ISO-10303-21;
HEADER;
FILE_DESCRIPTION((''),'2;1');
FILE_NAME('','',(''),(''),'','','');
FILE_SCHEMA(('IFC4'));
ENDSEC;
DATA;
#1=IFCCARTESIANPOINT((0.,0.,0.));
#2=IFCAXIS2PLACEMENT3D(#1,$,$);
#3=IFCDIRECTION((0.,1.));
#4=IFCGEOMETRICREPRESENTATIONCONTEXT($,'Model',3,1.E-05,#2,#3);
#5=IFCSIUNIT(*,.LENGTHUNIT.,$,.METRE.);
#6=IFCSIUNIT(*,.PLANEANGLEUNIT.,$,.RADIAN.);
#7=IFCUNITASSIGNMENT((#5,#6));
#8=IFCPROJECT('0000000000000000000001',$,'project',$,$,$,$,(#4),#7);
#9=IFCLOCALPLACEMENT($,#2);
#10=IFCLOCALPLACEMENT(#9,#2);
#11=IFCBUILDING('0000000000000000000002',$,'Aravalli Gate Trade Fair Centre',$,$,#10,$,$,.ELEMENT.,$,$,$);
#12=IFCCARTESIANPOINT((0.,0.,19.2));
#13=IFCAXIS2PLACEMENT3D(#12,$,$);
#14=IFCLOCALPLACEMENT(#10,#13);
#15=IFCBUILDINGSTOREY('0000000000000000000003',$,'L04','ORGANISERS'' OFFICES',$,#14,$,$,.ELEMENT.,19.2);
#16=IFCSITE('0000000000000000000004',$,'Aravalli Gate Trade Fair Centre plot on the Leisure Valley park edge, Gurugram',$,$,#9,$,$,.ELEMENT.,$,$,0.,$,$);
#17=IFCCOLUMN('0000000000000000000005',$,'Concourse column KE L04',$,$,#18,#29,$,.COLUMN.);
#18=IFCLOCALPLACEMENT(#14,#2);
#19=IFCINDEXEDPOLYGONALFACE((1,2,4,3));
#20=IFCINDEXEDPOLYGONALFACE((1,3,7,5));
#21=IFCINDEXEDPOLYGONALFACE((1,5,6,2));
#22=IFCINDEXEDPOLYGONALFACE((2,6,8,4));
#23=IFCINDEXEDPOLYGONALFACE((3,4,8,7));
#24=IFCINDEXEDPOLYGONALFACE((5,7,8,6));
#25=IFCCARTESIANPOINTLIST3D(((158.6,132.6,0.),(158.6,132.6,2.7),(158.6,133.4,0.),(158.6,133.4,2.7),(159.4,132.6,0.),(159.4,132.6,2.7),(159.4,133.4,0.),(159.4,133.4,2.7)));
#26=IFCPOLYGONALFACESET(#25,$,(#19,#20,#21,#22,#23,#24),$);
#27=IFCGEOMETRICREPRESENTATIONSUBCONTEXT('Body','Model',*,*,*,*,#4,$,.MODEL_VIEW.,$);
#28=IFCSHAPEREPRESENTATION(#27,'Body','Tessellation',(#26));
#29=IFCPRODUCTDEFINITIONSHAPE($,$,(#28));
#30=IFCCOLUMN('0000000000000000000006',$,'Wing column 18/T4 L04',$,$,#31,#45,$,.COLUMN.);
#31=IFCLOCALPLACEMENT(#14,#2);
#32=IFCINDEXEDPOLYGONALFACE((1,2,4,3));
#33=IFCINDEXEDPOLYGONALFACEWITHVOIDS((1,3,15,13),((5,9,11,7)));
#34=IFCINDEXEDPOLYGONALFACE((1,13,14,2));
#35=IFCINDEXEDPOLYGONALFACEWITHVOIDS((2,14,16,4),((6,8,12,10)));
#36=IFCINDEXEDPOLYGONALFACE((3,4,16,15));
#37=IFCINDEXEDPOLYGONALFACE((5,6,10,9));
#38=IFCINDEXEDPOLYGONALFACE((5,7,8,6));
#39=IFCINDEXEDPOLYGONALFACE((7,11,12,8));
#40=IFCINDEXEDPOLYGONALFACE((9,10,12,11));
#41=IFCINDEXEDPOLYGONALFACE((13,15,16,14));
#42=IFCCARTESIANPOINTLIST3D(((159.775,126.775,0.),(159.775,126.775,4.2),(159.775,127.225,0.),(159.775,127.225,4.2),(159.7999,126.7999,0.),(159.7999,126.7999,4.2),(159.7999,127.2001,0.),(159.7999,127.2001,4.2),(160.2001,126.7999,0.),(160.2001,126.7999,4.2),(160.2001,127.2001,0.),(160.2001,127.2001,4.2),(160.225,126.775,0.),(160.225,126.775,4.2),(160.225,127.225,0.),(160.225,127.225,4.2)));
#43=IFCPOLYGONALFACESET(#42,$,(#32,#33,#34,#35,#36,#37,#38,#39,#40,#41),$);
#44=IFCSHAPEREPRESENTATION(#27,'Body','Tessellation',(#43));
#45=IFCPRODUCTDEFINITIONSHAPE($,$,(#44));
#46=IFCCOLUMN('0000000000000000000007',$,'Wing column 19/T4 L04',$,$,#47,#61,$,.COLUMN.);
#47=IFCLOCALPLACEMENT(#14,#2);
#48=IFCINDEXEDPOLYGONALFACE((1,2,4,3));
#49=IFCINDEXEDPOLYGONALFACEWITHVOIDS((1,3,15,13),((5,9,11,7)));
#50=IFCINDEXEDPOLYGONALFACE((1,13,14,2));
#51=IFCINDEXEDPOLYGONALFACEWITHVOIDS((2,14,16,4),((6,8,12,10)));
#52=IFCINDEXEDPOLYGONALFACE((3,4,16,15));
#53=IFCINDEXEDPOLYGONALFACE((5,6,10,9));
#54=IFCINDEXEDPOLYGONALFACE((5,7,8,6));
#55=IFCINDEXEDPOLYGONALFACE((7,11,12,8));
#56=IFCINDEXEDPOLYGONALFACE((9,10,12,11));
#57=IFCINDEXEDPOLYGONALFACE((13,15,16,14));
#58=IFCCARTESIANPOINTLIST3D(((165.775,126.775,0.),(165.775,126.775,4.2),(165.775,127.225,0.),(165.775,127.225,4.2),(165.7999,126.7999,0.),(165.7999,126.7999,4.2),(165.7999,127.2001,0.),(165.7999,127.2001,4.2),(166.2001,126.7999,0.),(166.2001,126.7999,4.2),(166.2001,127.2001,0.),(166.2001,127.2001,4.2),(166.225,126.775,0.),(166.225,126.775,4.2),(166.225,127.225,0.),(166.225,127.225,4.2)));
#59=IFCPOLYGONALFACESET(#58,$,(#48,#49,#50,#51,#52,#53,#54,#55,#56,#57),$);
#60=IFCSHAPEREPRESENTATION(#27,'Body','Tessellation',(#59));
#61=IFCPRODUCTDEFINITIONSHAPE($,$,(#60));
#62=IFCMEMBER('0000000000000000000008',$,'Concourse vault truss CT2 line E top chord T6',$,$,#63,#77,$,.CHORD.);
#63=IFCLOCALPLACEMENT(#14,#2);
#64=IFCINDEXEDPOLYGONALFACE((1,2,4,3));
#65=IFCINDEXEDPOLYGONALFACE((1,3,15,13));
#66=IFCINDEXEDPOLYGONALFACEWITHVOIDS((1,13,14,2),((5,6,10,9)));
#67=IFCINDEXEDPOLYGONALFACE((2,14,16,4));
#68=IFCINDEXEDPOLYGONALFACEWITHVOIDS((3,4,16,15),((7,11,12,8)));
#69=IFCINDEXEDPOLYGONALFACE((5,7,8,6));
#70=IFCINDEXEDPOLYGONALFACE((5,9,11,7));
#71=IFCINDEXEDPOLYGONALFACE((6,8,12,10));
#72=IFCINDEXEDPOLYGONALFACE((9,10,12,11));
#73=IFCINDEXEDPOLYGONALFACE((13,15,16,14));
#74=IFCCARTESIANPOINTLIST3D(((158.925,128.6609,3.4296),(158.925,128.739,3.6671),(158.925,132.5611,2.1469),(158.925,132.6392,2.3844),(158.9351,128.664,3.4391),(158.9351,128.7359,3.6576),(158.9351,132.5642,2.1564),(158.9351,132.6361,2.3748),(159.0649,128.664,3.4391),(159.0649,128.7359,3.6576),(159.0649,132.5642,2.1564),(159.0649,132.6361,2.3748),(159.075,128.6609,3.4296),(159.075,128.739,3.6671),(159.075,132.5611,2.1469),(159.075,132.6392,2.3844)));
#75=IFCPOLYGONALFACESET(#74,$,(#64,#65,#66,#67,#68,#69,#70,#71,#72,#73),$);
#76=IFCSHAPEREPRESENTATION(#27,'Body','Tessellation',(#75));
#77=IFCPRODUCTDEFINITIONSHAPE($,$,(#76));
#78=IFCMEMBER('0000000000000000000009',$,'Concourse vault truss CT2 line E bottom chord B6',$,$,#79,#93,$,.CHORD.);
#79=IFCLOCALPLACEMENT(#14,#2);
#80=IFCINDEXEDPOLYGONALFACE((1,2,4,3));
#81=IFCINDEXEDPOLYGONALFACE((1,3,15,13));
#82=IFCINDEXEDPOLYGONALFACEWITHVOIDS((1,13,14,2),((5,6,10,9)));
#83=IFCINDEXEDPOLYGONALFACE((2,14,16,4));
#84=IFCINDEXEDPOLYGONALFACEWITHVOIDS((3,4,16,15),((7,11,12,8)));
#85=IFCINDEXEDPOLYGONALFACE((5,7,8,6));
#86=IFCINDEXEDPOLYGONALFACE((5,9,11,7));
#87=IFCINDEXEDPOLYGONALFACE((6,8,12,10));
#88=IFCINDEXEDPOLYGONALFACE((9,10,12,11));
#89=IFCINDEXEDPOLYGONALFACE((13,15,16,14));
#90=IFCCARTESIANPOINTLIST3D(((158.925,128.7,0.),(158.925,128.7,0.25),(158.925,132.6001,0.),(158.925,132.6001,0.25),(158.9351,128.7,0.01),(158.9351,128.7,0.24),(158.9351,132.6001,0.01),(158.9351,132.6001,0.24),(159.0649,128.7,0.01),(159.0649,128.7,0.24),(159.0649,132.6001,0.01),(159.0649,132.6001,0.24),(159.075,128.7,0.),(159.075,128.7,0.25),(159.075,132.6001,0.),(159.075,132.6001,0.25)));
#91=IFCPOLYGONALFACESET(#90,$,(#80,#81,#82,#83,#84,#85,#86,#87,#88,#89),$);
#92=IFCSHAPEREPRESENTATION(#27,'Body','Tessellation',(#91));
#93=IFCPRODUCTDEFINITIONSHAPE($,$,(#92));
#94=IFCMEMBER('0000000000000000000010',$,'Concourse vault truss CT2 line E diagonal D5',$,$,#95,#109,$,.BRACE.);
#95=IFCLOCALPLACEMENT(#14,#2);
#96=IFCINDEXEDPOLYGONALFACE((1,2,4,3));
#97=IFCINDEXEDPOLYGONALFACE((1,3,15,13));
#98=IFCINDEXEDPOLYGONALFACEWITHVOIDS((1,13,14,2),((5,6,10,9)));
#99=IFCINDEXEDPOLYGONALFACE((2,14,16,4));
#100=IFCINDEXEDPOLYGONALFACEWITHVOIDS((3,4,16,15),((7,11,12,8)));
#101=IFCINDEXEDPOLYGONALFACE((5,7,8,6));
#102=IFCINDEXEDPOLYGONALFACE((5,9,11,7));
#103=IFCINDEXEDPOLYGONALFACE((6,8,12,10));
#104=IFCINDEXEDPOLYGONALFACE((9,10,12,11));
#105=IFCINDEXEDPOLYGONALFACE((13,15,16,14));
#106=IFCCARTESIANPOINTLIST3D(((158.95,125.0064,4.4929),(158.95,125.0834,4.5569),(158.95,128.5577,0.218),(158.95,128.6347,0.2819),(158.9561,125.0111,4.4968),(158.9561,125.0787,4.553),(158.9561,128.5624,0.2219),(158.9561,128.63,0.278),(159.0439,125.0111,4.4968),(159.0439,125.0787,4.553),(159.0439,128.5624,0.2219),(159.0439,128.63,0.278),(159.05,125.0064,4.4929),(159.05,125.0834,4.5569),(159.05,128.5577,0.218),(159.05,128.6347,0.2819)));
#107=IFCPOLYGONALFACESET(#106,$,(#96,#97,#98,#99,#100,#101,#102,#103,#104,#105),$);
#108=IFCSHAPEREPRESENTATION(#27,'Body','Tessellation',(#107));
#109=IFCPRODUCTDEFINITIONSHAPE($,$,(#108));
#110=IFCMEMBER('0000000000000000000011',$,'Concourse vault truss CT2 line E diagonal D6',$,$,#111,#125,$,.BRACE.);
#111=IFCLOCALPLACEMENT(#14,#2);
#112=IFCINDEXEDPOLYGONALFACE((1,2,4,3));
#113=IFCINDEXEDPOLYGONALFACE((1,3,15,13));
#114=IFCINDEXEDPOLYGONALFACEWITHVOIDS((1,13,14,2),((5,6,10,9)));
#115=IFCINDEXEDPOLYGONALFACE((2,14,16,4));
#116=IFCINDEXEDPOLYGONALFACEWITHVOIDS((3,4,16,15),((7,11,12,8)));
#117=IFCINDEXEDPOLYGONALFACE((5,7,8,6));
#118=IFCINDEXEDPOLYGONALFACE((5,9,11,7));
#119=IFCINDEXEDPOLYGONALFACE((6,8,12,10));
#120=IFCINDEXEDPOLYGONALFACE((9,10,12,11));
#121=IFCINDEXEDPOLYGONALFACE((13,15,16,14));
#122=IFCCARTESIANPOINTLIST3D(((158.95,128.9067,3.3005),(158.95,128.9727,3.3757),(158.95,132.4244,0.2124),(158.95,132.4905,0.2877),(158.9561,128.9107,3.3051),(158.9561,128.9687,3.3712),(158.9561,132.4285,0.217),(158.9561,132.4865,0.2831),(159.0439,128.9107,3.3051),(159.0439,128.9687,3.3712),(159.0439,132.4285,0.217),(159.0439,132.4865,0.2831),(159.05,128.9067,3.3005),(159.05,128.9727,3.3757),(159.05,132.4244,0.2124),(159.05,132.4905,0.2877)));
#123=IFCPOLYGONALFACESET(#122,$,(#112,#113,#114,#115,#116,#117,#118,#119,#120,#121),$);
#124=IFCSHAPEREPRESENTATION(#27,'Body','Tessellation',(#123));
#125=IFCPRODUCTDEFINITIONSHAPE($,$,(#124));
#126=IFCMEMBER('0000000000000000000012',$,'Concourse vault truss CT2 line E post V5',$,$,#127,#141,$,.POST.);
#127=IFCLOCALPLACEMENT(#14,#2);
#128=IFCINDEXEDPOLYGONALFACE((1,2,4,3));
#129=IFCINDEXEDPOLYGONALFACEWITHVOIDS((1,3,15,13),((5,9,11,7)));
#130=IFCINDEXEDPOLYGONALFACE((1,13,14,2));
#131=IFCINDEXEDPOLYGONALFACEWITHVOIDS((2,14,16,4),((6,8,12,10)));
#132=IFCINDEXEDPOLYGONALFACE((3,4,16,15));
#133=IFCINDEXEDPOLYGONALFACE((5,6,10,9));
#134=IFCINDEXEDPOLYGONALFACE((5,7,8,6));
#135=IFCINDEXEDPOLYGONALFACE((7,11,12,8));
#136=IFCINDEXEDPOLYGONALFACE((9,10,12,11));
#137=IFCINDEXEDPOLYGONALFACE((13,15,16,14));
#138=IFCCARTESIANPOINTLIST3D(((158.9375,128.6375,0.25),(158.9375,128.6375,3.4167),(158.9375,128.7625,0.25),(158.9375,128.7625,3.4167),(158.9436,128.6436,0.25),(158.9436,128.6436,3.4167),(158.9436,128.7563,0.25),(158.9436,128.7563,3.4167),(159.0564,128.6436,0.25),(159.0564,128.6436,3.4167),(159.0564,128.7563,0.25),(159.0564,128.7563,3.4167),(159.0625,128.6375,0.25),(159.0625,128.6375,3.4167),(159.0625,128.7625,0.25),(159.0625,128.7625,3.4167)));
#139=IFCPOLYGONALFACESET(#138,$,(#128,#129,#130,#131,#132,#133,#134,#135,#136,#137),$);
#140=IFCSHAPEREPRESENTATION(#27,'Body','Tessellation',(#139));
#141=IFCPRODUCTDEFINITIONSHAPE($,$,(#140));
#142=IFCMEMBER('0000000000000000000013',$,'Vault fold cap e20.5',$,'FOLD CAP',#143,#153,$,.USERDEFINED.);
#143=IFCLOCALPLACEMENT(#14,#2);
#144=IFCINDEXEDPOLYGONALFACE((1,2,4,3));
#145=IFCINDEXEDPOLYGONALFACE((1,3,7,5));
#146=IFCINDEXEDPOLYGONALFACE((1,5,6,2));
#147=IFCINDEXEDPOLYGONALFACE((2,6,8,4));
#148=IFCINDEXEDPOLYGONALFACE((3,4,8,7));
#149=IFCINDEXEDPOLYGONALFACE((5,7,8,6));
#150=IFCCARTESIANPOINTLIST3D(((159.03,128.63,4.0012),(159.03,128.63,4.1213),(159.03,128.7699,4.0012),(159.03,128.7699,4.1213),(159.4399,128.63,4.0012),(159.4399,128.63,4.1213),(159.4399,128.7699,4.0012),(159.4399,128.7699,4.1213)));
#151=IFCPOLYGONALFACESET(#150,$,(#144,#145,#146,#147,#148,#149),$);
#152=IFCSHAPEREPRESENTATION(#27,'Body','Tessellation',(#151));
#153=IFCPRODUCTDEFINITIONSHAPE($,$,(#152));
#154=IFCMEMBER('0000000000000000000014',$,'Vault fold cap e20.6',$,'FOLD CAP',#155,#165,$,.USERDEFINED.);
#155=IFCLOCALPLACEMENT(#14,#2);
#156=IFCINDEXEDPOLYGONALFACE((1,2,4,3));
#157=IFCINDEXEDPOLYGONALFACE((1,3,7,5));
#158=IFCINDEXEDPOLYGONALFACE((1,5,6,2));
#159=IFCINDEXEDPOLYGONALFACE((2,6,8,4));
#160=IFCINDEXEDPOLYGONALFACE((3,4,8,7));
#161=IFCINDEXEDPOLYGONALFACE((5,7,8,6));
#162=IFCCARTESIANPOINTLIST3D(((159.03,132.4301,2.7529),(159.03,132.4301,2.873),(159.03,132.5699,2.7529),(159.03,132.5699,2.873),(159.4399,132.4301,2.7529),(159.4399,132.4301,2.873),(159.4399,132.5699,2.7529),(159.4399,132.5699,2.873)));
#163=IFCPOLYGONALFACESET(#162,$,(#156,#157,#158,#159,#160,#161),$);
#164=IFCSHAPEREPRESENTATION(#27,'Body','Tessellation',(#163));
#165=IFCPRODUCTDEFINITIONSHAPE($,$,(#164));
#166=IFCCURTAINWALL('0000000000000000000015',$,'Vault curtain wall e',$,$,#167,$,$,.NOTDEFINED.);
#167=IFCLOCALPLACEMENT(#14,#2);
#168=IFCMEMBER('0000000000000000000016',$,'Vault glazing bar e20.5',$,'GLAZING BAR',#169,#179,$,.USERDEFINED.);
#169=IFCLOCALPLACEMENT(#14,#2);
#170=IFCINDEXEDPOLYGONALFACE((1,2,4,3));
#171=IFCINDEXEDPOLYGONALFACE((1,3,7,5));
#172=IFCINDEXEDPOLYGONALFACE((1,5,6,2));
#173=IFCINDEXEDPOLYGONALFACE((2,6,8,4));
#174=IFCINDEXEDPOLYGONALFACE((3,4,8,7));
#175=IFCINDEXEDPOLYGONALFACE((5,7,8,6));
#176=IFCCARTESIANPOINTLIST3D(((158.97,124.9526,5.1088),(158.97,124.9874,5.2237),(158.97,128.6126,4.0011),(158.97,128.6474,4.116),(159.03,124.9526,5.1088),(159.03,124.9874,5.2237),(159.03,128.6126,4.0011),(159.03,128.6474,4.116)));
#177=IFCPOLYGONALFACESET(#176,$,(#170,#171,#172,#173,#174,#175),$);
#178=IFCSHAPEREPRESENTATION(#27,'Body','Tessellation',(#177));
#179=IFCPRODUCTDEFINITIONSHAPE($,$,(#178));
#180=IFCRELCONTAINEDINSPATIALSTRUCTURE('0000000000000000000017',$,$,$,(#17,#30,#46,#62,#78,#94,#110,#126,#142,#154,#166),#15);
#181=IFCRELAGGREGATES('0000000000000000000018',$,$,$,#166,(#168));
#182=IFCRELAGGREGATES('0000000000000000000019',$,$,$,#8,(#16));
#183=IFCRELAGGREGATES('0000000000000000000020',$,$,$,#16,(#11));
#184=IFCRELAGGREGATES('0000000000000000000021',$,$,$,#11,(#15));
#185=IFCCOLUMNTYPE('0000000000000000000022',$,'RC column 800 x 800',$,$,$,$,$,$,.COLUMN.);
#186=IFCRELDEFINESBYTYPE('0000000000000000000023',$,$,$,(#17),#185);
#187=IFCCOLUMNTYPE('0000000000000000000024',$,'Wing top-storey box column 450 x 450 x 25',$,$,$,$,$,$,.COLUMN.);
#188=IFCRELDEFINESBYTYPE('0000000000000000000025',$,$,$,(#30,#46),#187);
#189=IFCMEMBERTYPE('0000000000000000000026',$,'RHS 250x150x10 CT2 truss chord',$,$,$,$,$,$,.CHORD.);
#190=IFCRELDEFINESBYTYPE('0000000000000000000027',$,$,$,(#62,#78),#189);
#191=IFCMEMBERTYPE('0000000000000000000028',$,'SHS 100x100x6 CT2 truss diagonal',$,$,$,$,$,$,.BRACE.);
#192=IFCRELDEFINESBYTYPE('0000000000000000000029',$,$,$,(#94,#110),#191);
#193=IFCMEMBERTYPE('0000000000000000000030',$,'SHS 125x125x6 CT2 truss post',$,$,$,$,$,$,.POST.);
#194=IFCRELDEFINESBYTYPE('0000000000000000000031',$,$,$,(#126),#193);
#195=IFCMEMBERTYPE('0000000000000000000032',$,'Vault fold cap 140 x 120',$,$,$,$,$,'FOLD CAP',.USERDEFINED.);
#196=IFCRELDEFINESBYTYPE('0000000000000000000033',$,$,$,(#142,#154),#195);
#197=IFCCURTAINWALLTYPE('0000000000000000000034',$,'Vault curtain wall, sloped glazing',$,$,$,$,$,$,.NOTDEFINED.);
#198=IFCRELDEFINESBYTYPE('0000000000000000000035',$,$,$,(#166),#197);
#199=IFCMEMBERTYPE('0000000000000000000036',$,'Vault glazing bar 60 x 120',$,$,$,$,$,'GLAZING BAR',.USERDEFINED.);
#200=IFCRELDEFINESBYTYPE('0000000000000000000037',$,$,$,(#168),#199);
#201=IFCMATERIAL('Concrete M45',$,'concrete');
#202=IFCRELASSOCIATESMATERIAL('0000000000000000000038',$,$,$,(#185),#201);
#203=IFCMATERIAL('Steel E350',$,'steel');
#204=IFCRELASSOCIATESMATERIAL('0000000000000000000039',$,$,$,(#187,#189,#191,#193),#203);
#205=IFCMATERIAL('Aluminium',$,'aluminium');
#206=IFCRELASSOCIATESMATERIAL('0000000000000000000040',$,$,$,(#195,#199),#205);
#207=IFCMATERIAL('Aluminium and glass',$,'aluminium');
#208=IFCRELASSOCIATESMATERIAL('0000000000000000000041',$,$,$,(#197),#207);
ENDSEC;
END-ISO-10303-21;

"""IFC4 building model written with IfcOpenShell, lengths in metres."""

from ifc_helpers import new_model, si_unit, direction, frame, origin, origin_2d, place, context, subcontext, project, spatial, rectangle, hollow_rectangle, extrude, material, material_profile, profile_set, type_object, element, aggregate, save


model = new_model("IFC4")

# Units and contexts
model_context = context("Model", 3, precision=1e-05, world=origin(), true_north=direction((0.0, 1.0)))
body_context = subcontext(model_context, "Body", "Model", "MODEL_VIEW")
ifc_project = project(units=[si_unit("LENGTHUNIT", "METRE"), si_unit("PLANEANGLEUNIT", "RADIAN")], contexts=[model_context])

# Site, building, storey
site_placement = place(None, origin())
site = spatial("IfcSite", under=ifc_project, at=site_placement, Name="Aravalli Gate Trade Fair Centre plot on the Leisure Valley park edge, Gurugram", CompositionType="ELEMENT", RefElevation=0.0)
building_placement = place(site_placement, origin())
building = spatial("IfcBuilding", under=site, at=building_placement, Name="Aravalli Gate Trade Fair Centre", CompositionType="ELEMENT")
storey_placement = place(building_placement, frame((0.0, 0.0, 19.2)))
storey = spatial("IfcBuildingStorey", under=building, at=storey_placement, Name="L04", Description="ORGANISERS' OFFICES", CompositionType="ELEMENT", Elevation=19.2)

# Columns
ifc_material_1 = material(Name="Concrete M45", Category="concrete")
ifc_material_profile_1 = material_profile(ifc_material_1, rectangle(XDim=0.8, YDim=0.8, at=origin_2d()), Name="RC column 800 x 800")
ifc_profile_set_1 = profile_set([ifc_material_profile_1], Name="Concrete M45")
column_type_1 = type_object("IfcColumnType", Name="RC column 800 x 800", PredefinedType="COLUMN", material=ifc_profile_set_1)
column_placement = place(storey_placement, frame((159.0, 133.0, 0.0), z_axis=(0.0, 0.0, 1.0), x_axis=(1.0, 0.0, 0.0)))
element("IfcColumn", 1, at=column_placement, inside=storey, type_object=column_type_1, Name="Concourse column KE L04", PredefinedType="COLUMN", context=body_context, shape_type="SweptSolid", body=[
    extrude(rectangle(XDim=0.8, YDim=0.8, at=origin_2d()), origin(), (0.0, 0.0, 1.0), 2.7),
])
ifc_material_2 = material(Name="Steel E350", Category="steel")
ifc_material_profile_2 = material_profile(ifc_material_2, hollow_rectangle(XDim=0.45, YDim=0.45, WallThickness=0.0249, at=origin_2d()), Name="BOX 450x450x25")
ifc_profile_set_2 = profile_set([ifc_material_profile_2], Name="Steel E350")
column_type_2 = type_object("IfcColumnType", Name="Wing top-storey box column 450 x 450 x 25", PredefinedType="COLUMN", material=ifc_profile_set_2)
for number, where, z_axis, x_axis, name in (
    (2, (160.0, 127.0, 0.0), (0.0, 0.0, 1.0), (1.0, 0.0, 0.0), "Wing column 18/T4 L04"),
    (3, (166.0, 127.0, 0.0), (0.0, 0.0, 1.0), (1.0, 0.0, 0.0), "Wing column 19/T4 L04"),
):
    element("IfcColumn", number, at=place(storey_placement, frame(where, z_axis=z_axis, x_axis=x_axis)), inside=storey, type_object=column_type_2, Name=name, PredefinedType="COLUMN", context=body_context, shape_type="SweptSolid", body=[
        extrude(hollow_rectangle(XDim=0.45, YDim=0.45, WallThickness=0.0249, at=origin_2d()), origin(), (0.0, 0.0, 1.0), 4.2),
    ])

# Members
ifc_material_profile_3 = material_profile(ifc_material_2, hollow_rectangle(XDim=0.1499, YDim=0.25, WallThickness=0.01, at=origin_2d()), Name="RHS 250x150x10")
ifc_profile_set_3 = profile_set([ifc_material_profile_3], Name="Steel E350")
member_type_1 = type_object("IfcMemberType", Name="RHS 250x150x10 CT2 truss chord", PredefinedType="CHORD", material=ifc_profile_set_3)
member_1_placement = place(storey_placement, frame((159.0, 128.7, 3.5483), z_axis=(0.0, 0.949942, -0.312425), x_axis=(-1.0, 0.0, 0.0)))
element("IfcMember", 4, at=member_1_placement, inside=storey, type_object=member_type_1, Name="Concourse vault truss CT2 line E top chord T6", PredefinedType="CHORD", context=body_context, shape_type="SweptSolid", body=[
    extrude(hollow_rectangle(XDim=0.1499, YDim=0.25, WallThickness=0.01, at=origin_2d()), origin(), (0.0, 0.0, 1.0), 4.1057),
])
member_2_placement = place(storey_placement, frame((159.0, 128.7, 0.125), z_axis=(0.0, 1.0, 0.0), x_axis=(-1.0, 0.0, 0.0)))
element("IfcMember", 5, at=member_2_placement, inside=storey, type_object=member_type_1, Name="Concourse vault truss CT2 line E bottom chord B6", PredefinedType="CHORD", context=body_context, shape_type="SweptSolid", body=[
    extrude(hollow_rectangle(XDim=0.1499, YDim=0.25, WallThickness=0.01, at=origin_2d()), origin(), (0.0, 0.0, 1.0), 3.9001),
])
ifc_material_profile_4 = material_profile(ifc_material_2, hollow_rectangle(XDim=0.1001, YDim=0.1001, WallThickness=0.0061, at=origin_2d()), Name="SHS 100x100x6")
ifc_profile_set_4 = profile_set([ifc_material_profile_4], Name="Steel E350")
member_type_2 = type_object("IfcMemberType", Name="SHS 100x100x6 CT2 truss diagonal", PredefinedType="BRACE", material=ifc_profile_set_4)
member_3_placement = place(storey_placement, frame((159.0, 125.0449, 4.5249), z_axis=(0.0, 0.639, -0.769207), x_axis=(-1.0, 0.0, 0.0)))
element("IfcMember", 6, at=member_3_placement, inside=storey, type_object=member_type_2, Name="Concourse vault truss CT2 line E diagonal D5", PredefinedType="BRACE", context=body_context, shape_type="SweptSolid", body=[
    extrude(hollow_rectangle(XDim=0.1001, YDim=0.1001, WallThickness=0.0061, at=origin_2d()), origin(), (0.0, 0.0, 1.0), 5.5576),
])
member_4_placement = place(storey_placement, frame((159.0, 128.9397, 3.3381), z_axis=(0.0, 0.751513, -0.659719), x_axis=(-1.0, 0.0, 0.0)))
element("IfcMember", 7, at=member_4_placement, inside=storey, type_object=member_type_2, Name="Concourse vault truss CT2 line E diagonal D6", PredefinedType="BRACE", context=body_context, shape_type="SweptSolid", body=[
    extrude(hollow_rectangle(XDim=0.1001, YDim=0.1001, WallThickness=0.0061, at=origin_2d()), origin(), (0.0, 0.0, 1.0), 4.6809),
])
ifc_material_profile_5 = material_profile(ifc_material_2, hollow_rectangle(XDim=0.125, YDim=0.125, WallThickness=0.0061, at=origin_2d()), Name="SHS 125x125x6")
ifc_profile_set_5 = profile_set([ifc_material_profile_5], Name="Steel E350")
member_type_3 = type_object("IfcMemberType", Name="SHS 125x125x6 CT2 truss post", PredefinedType="POST", material=ifc_profile_set_5)
member_5_placement = place(storey_placement, frame((159.0, 128.7, 0.25), z_axis=(0.0, 0.0, 1.0), x_axis=(1.0, 0.0, 0.0)))
element("IfcMember", 8, at=member_5_placement, inside=storey, type_object=member_type_3, Name="Concourse vault truss CT2 line E post V5", PredefinedType="POST", context=body_context, shape_type="SweptSolid", body=[
    extrude(hollow_rectangle(XDim=0.125, YDim=0.125, WallThickness=0.0061, at=origin_2d()), origin(), (0.0, 0.0, 1.0), 3.1667),
])
ifc_material_3 = material(Name="Aluminium", Category="aluminium")
ifc_material_profile_6 = material_profile(ifc_material_3, rectangle(XDim=0.1399, YDim=0.1201, at=origin_2d()), Name="Vault fold cap 140 x 120")
ifc_profile_set_6 = profile_set([ifc_material_profile_6], Name="Aluminium")
member_type_4 = type_object("IfcMemberType", Name="Vault fold cap 140 x 120", ElementType="FOLD CAP", PredefinedType="USERDEFINED", material=ifc_profile_set_6)
for number, where, z_axis, x_axis, name in (
    (9, (159.03, 128.7, 4.0613), (1.0, 0.0, 0.0), (0.0, 1.0, 0.0), "Vault fold cap e20.5"),
    (10, (159.03, 132.5, 2.813), (1.0, 0.0, 0.0), (0.0, 1.0, 0.0), "Vault fold cap e20.6"),
):
    element("IfcMember", number, at=place(storey_placement, frame(where, z_axis=z_axis, x_axis=x_axis)), inside=storey, type_object=member_type_4, Name=name, ObjectType="FOLD CAP", PredefinedType="USERDEFINED", context=body_context, shape_type="SweptSolid", body=[
        extrude(rectangle(XDim=0.1399, YDim=0.1201, at=origin_2d()), origin(), (0.0, 0.0, 1.0), 0.4099),
    ])

# Curtain wall, member
ifc_material_4 = material(Name="Aluminium and glass", Category="aluminium")
curtain_wall_type = type_object("IfcCurtainWallType", Name="Vault curtain wall, sloped glazing", PredefinedType="NOTDEFINED", material=ifc_material_4)
curtain_wall_placement = place(storey_placement, origin())
curtain_wall = element("IfcCurtainWall", 11, at=curtain_wall_placement, inside=storey, type_object=curtain_wall_type, Name="Vault curtain wall e", PredefinedType="NOTDEFINED")
ifc_material_profile_7 = material_profile(ifc_material_3, rectangle(XDim=0.0601, YDim=0.1201, at=origin_2d()), Name="Vault glazing bar 60 x 120")
ifc_profile_set_7 = profile_set([ifc_material_profile_7], Name="Aluminium")
member_type_5 = type_object("IfcMemberType", Name="Vault glazing bar 60 x 120", ElementType="GLAZING BAR", PredefinedType="USERDEFINED", material=ifc_profile_set_7)
member_6_placement = place(storey_placement, frame((159.0, 124.97, 5.1663), z_axis=(0.0, 0.957126, -0.289672), x_axis=(-1.0, 0.0, 0.0)))
member_6 = element("IfcMember", 12, at=member_6_placement, type_object=member_type_5, Name="Vault glazing bar e20.5", ObjectType="GLAZING BAR", PredefinedType="USERDEFINED", context=body_context, shape_type="SweptSolid", body=[
    extrude(rectangle(XDim=0.0601, YDim=0.1201, at=origin_2d()), origin(), (0.0, 0.0, 1.0), 3.824),
])

aggregate(curtain_wall, [member_6])

save(model, "model.ifc")
